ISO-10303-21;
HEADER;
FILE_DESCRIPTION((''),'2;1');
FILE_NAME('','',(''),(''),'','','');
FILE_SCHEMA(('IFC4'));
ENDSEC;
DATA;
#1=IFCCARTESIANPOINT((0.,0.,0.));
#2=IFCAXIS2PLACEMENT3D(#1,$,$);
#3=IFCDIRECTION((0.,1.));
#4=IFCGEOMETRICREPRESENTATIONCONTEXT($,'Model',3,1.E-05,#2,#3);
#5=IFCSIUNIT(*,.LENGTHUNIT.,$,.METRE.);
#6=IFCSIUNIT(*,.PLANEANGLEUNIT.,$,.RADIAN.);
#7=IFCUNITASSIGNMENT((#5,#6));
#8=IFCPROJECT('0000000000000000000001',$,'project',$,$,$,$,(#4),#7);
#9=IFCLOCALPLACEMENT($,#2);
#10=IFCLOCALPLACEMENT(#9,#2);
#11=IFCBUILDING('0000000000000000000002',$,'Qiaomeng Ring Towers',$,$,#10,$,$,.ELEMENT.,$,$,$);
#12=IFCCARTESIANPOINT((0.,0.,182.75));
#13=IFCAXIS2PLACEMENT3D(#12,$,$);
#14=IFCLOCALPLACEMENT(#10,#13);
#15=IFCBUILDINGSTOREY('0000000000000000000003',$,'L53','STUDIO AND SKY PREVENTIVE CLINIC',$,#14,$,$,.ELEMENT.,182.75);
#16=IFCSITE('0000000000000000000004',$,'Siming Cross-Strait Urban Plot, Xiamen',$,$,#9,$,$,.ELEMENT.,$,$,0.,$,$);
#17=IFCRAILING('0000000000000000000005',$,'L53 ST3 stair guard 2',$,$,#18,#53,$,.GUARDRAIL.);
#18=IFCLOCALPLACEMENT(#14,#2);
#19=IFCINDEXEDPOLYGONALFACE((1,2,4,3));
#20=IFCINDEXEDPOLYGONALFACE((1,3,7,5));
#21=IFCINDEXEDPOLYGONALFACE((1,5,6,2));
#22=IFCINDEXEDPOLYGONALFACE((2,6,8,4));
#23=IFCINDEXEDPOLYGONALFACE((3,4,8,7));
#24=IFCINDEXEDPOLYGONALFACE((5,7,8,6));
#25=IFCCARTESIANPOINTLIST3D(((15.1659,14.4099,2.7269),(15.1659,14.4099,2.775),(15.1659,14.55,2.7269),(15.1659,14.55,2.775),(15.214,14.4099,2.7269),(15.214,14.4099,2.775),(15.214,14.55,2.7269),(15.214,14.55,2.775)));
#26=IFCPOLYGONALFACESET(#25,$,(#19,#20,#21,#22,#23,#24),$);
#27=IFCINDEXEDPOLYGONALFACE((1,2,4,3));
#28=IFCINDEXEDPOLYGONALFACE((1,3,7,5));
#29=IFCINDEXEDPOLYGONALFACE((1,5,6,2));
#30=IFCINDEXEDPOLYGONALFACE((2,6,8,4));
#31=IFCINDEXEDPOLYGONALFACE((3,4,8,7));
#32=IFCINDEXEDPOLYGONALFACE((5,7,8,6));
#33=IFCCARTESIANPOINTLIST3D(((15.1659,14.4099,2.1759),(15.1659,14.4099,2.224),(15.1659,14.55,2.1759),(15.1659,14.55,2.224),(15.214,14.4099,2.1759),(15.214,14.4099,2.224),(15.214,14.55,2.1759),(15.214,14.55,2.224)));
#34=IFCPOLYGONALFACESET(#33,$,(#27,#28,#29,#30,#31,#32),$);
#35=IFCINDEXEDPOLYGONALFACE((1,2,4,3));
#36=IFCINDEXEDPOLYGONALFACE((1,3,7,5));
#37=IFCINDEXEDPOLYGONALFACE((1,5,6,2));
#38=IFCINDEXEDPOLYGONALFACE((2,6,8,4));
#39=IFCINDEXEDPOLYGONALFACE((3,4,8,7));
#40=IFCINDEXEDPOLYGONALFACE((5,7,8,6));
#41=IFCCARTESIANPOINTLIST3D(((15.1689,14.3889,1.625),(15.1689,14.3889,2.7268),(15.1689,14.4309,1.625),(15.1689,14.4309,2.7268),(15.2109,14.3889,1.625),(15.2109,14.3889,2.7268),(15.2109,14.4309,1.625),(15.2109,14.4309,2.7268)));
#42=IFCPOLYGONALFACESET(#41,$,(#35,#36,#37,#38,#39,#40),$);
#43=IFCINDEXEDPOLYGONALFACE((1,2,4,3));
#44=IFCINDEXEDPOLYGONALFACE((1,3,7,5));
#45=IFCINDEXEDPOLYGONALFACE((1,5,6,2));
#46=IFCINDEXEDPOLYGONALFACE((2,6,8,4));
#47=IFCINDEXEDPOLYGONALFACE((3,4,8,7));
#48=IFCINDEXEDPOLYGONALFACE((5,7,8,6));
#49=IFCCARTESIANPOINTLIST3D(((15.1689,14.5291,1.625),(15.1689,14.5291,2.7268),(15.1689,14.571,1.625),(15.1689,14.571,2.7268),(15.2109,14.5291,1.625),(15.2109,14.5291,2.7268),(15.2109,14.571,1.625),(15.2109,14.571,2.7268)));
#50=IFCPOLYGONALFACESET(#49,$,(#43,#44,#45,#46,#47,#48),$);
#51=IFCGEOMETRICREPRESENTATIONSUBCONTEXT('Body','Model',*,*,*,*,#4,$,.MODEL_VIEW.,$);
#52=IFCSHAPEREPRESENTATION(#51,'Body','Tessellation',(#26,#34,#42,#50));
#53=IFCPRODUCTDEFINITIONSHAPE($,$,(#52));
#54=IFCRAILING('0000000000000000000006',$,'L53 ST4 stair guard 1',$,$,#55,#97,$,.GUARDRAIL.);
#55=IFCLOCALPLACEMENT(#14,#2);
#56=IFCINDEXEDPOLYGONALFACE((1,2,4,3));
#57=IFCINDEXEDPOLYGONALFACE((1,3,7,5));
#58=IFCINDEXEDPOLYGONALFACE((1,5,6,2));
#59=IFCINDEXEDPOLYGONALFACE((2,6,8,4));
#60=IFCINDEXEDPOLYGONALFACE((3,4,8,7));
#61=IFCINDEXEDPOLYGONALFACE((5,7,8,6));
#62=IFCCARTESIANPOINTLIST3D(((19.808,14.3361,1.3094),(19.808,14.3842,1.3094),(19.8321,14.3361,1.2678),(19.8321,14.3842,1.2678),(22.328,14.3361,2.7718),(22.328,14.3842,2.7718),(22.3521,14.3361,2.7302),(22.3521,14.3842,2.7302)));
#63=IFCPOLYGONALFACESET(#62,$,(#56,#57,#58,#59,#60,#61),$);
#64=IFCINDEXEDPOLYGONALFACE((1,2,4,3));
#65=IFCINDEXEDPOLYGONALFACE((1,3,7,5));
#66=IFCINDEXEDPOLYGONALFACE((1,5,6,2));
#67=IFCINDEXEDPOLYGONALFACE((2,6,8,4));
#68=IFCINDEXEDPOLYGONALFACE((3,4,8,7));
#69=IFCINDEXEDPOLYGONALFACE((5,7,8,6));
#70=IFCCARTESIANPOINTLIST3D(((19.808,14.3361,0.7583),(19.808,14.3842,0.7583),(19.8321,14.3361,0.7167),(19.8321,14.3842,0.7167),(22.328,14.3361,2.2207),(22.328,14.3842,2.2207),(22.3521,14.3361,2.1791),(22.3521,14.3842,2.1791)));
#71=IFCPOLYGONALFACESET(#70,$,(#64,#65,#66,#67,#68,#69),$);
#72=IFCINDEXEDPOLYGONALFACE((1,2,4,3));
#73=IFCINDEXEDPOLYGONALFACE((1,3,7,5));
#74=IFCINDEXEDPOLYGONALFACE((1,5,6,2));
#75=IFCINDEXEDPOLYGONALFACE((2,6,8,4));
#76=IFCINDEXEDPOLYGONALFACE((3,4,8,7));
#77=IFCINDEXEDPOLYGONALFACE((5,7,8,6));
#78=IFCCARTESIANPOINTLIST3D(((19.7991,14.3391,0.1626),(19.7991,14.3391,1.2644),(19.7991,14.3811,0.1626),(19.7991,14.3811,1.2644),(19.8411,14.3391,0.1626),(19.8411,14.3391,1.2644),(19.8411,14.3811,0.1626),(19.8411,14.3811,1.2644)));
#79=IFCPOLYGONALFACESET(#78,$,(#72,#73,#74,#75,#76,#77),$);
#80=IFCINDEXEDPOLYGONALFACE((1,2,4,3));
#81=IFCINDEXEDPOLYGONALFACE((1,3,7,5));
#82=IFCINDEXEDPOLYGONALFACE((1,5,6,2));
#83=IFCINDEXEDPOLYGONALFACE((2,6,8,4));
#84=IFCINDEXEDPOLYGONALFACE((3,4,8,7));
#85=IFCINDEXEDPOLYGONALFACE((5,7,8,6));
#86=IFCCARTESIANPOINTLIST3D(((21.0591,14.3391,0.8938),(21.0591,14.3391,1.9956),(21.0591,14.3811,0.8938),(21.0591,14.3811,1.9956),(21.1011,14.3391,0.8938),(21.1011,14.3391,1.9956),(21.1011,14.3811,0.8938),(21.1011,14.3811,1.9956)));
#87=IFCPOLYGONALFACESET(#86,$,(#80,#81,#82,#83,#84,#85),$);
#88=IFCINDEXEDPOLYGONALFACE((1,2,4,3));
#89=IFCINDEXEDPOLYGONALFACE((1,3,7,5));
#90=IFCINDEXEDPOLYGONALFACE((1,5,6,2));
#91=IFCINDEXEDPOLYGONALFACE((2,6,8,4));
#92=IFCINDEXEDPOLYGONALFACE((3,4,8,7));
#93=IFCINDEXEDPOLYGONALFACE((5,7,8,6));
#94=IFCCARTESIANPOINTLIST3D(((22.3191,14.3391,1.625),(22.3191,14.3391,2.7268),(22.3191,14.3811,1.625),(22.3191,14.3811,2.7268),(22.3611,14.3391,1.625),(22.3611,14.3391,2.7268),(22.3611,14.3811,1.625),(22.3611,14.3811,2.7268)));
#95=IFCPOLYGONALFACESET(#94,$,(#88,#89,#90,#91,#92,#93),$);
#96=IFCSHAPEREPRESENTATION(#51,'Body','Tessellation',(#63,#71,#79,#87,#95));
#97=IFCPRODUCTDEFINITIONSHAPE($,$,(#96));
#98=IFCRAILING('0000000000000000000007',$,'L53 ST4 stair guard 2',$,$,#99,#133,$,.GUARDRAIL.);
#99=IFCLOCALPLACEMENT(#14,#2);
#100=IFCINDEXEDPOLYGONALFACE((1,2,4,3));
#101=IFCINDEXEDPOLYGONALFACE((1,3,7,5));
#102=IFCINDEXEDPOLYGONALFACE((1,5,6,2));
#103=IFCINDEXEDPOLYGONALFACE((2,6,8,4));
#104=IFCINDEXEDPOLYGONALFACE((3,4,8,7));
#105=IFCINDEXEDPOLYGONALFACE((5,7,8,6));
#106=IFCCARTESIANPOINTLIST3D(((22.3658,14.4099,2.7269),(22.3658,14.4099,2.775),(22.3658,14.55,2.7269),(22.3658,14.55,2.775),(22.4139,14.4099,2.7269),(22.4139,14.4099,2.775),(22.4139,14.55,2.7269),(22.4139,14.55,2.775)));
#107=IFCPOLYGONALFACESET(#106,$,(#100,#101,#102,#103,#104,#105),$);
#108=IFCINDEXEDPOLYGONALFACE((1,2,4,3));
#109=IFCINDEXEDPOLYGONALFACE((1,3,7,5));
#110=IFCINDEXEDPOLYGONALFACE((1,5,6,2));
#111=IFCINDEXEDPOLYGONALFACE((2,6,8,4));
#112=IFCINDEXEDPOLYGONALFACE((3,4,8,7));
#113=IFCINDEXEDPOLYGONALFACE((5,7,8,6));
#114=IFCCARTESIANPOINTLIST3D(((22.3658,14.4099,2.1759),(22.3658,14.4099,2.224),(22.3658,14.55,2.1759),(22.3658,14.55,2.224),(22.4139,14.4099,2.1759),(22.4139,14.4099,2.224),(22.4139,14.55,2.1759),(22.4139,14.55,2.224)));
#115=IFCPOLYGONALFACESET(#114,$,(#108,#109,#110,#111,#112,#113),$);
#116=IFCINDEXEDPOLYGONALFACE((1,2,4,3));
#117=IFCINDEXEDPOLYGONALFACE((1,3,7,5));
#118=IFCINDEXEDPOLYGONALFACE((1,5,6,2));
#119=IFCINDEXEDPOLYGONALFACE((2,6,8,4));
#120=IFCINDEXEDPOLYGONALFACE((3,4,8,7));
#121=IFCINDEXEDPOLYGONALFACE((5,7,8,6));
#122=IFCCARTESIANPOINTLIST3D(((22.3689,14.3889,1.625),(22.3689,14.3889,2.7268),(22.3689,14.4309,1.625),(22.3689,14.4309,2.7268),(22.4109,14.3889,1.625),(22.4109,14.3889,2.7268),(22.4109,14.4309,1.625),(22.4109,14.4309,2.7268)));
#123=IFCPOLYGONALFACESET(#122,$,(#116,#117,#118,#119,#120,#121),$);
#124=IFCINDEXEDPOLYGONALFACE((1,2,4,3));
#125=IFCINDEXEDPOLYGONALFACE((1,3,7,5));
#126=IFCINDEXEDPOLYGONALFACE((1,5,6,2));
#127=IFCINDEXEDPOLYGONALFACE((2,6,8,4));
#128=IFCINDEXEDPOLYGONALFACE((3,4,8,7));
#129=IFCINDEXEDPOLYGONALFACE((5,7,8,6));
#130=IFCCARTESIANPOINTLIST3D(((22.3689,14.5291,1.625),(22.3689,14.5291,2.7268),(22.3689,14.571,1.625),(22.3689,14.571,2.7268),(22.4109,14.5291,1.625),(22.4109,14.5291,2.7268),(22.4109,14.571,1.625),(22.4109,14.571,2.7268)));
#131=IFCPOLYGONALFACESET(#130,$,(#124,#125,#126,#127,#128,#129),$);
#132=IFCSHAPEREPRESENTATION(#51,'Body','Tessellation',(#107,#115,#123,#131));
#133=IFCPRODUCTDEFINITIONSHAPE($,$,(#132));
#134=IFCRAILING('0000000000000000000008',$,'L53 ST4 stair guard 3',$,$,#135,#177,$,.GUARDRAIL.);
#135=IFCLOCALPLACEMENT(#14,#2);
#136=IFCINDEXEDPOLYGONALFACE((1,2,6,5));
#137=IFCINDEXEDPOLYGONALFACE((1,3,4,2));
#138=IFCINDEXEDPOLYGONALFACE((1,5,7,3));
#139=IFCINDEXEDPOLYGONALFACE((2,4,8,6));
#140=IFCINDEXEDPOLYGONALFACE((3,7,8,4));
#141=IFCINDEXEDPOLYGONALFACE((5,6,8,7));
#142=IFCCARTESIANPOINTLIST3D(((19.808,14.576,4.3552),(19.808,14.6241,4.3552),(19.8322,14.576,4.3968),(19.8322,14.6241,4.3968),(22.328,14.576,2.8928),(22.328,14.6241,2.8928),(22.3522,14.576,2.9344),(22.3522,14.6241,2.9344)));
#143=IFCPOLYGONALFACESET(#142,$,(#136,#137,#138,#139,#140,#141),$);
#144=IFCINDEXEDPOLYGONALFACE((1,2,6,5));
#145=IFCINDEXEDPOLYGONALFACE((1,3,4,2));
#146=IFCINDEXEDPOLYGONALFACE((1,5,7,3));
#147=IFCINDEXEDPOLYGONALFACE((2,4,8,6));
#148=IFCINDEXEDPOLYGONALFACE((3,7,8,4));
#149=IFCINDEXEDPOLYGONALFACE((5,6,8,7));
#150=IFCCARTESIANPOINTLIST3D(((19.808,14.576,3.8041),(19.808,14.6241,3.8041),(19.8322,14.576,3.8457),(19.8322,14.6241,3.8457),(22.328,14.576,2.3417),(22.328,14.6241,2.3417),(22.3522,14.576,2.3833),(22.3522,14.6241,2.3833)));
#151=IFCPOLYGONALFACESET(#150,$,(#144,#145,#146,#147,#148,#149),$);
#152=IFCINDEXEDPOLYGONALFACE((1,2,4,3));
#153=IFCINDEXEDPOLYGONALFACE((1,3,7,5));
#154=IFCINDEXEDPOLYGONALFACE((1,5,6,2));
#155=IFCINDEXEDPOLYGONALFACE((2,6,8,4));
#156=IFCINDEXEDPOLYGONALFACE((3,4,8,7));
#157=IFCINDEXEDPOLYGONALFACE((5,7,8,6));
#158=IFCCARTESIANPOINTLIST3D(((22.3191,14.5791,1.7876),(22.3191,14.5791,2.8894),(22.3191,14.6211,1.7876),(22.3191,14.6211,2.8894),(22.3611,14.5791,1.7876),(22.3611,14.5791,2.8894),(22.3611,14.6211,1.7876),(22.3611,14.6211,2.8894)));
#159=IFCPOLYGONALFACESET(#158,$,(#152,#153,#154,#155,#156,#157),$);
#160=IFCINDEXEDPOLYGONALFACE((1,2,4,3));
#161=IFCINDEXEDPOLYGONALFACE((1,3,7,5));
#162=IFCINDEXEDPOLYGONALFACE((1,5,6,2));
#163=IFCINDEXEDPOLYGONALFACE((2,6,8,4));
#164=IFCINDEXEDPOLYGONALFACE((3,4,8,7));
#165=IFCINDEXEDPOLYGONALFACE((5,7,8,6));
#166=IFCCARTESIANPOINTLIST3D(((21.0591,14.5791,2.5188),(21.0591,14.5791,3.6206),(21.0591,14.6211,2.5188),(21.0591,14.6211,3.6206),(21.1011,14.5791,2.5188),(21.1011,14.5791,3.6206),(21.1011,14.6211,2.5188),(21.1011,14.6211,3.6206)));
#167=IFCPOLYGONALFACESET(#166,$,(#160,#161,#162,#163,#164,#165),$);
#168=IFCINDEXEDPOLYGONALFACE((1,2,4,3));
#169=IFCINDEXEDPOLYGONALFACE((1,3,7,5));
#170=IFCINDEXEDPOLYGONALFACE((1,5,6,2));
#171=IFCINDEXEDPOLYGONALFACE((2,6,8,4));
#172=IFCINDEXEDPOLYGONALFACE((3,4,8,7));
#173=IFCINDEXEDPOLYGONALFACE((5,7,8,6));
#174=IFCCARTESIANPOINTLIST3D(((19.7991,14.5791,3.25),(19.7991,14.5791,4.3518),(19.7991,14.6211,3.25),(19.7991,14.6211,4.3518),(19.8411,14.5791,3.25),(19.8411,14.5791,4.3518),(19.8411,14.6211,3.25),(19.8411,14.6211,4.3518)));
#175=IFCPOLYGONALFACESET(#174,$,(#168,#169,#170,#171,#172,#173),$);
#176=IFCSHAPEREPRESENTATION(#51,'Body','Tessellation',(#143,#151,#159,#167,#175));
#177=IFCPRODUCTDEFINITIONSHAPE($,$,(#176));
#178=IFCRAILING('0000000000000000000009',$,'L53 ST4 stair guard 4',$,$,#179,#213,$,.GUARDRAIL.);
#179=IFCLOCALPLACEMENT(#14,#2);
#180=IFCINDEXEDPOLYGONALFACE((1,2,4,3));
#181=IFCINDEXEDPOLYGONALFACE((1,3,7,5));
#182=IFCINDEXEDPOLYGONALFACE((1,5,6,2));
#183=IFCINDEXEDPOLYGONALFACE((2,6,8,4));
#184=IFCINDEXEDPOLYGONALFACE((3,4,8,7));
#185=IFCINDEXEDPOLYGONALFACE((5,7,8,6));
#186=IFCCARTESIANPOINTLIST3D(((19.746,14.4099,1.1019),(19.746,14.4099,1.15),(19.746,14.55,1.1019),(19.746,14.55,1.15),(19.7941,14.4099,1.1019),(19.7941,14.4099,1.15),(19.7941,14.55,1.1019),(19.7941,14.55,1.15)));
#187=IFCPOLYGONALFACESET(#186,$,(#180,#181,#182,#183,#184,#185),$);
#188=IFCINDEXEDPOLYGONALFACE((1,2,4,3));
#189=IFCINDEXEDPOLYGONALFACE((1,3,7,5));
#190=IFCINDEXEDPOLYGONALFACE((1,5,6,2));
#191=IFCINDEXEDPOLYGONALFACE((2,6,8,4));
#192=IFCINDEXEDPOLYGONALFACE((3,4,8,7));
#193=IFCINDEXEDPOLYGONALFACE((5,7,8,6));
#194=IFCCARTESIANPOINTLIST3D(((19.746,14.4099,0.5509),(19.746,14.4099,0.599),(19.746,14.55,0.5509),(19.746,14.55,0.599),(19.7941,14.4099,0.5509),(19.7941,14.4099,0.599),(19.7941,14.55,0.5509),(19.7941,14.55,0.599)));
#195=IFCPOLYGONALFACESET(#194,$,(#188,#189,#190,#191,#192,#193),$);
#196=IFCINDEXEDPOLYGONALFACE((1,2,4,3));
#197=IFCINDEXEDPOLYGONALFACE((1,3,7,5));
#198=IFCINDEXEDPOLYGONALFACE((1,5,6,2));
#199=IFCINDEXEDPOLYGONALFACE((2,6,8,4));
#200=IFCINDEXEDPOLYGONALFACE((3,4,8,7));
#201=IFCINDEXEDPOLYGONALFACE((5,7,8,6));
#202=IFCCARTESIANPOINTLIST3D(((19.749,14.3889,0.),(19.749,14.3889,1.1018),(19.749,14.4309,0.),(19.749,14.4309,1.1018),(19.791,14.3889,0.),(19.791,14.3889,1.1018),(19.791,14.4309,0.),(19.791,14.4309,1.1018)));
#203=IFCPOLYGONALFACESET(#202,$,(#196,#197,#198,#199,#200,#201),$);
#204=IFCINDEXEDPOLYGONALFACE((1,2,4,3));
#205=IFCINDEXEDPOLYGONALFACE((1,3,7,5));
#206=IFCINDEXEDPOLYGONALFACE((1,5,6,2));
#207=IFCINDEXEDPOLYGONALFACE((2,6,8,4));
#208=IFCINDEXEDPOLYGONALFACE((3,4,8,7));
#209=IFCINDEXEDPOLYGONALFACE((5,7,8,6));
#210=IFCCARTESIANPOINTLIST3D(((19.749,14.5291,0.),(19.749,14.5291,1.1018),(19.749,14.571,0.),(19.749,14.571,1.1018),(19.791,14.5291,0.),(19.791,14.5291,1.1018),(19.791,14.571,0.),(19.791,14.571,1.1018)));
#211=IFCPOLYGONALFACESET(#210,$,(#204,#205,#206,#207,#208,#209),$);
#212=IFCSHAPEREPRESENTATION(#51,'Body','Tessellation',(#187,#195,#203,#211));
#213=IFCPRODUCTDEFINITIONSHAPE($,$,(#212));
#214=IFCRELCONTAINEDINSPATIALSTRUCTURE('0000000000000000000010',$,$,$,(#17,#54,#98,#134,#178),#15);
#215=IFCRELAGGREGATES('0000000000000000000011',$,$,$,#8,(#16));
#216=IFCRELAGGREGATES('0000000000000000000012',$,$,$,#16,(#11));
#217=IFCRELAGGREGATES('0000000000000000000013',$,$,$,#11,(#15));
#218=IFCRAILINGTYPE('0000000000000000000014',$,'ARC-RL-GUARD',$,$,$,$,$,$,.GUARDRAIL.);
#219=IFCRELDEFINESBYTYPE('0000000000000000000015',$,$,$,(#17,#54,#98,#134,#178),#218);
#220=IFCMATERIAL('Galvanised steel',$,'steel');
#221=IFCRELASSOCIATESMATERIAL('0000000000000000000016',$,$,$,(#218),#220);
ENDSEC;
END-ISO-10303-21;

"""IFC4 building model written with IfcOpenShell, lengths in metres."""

from ifc_helpers import new_model, si_unit, direction, frame, origin, origin_2d, place, context, subcontext, project, spatial, rectangle, extrude, material, type_object, element, save


model = new_model("IFC4")

# Units and contexts
model_context = context("Model", 3, precision=1e-05, world=origin(), true_north=direction((0.0, 1.0)))
body_context = subcontext(model_context, "Body", "Model", "MODEL_VIEW")
ifc_project = project(units=[si_unit("LENGTHUNIT", "METRE"), si_unit("PLANEANGLEUNIT", "RADIAN")], contexts=[model_context])

# Site, building, storey
site_placement = place(None, origin())
site = spatial("IfcSite", under=ifc_project, at=site_placement, Name="Siming Cross-Strait Urban Plot, Xiamen", CompositionType="ELEMENT", RefElevation=0.0)
building_placement = place(site_placement, origin())
building = spatial("IfcBuilding", under=site, at=building_placement, Name="Qiaomeng Ring Towers", CompositionType="ELEMENT")
storey_placement = place(building_placement, frame((0.0, 0.0, 182.75)))
storey = spatial("IfcBuildingStorey", under=building, at=storey_placement, Name="L53", Description="STUDIO AND SKY PREVENTIVE CLINIC", CompositionType="ELEMENT", Elevation=182.75)

# Shared definitions
ifc_material_1 = material(Name="Galvanised steel", Category="steel")

# Railings
railing_type_1 = type_object("IfcRailingType", Name="ARC-RL-GUARD", PredefinedType="GUARDRAIL", material=ifc_material_1)
railing_1_placement = place(storey_placement, frame((15.1899, 14.4099, 1.625)))
element("IfcRailing", 1, at=railing_1_placement, inside=storey, type_object=railing_type_1, Name="L53 ST3 stair guard 2", PredefinedType="GUARDRAIL", context=body_context, shape_type="SweptSolid", body=[
    extrude(rectangle(XDim=0.0481, YDim=0.0481, at=origin_2d()), frame((0.0, 0.0, 1.126), z_axis=(0.0, 1.0, 0.0), x_axis=(-1.0, 0.0, 0.0)), (0.0, 0.0, 1.0), 0.1401),
    extrude(rectangle(XDim=0.0481, YDim=0.0481, at=origin_2d()), frame((0.0, 0.0, 0.575), z_axis=(0.0, 1.0, 0.0), x_axis=(-1.0, 0.0, 0.0)), (0.0, 0.0, 1.0), 0.1401),
    extrude(rectangle(XDim=0.042, YDim=0.042, at=origin_2d()), origin(), (0.0, 0.0, 1.0), 1.1018),
    extrude(rectangle(XDim=0.042, YDim=0.042, at=origin_2d()), frame((0.0, 0.1401, 0.0)), (0.0, 0.0, 1.0), 1.1018),
])
railing_2_placement = place(storey_placement, frame((19.8201, 14.3601, 0.1626)))
element("IfcRailing", 2, at=railing_2_placement, inside=storey, type_object=railing_type_1, Name="L53 ST4 stair guard 1", PredefinedType="GUARDRAIL", context=body_context, shape_type="SweptSolid", body=[
    extrude(rectangle(XDim=0.0481, YDim=0.0481, at=origin_2d()), frame((0.0, 0.0, 1.126), z_axis=(0.864913, 0.0, 0.501921), x_axis=(0.0, 1.0, 0.0)), (0.0, 0.0, 1.0), 2.9136),
    extrude(rectangle(XDim=0.0481, YDim=0.0481, at=origin_2d()), frame((0.0, 0.0, 0.575), z_axis=(0.864913, 0.0, 0.501921), x_axis=(0.0, 1.0, 0.0)), (0.0, 0.0, 1.0), 2.9136),
    extrude(rectangle(XDim=0.042, YDim=0.042, at=origin_2d()), origin(), (0.0, 0.0, 1.0), 1.1018),
    extrude(rectangle(XDim=0.042, YDim=0.042, at=origin_2d()), frame((1.26, 0.0, 0.7312)), (0.0, 0.0, 1.0), 1.1018),
    extrude(rectangle(XDim=0.042, YDim=0.042, at=origin_2d()), frame((2.52, 0.0, 1.4624)), (0.0, 0.0, 1.0), 1.1018),
])
railing_3_placement = place(storey_placement, frame((22.3899, 14.4099, 1.625)))
element("IfcRailing", 3, at=railing_3_placement, inside=storey, type_object=railing_type_1, Name="L53 ST4 stair guard 2", PredefinedType="GUARDRAIL", context=body_context, shape_type="SweptSolid", body=[
    extrude(rectangle(XDim=0.0481, YDim=0.0481, at=origin_2d()), frame((0.0, 0.0, 1.126), z_axis=(0.0, 1.0, 0.0), x_axis=(-1.0, 0.0, 0.0)), (0.0, 0.0, 1.0), 0.1401),
    extrude(rectangle(XDim=0.0481, YDim=0.0481, at=origin_2d()), frame((0.0, 0.0, 0.575), z_axis=(0.0, 1.0, 0.0), x_axis=(-1.0, 0.0, 0.0)), (0.0, 0.0, 1.0), 0.1401),
    extrude(rectangle(XDim=0.042, YDim=0.042, at=origin_2d()), origin(), (0.0, 0.0, 1.0), 1.1018),
    extrude(rectangle(XDim=0.042, YDim=0.042, at=origin_2d()), frame((0.0, 0.1401, 0.0)), (0.0, 0.0, 1.0), 1.1018),
])
railing_4_placement = place(storey_placement, frame((22.3401, 14.6001, 1.7876)))
element("IfcRailing", 4, at=railing_4_placement, inside=storey, type_object=railing_type_1, Name="L53 ST4 stair guard 3", PredefinedType="GUARDRAIL", context=body_context, shape_type="SweptSolid", body=[
    extrude(rectangle(XDim=0.0481, YDim=0.0481, at=origin_2d()), frame((0.0, 0.0, 1.126), z_axis=(-0.864913, 0.0, 0.501921), x_axis=(0.0, -1.0, 0.0)), (0.0, 0.0, 1.0), 2.9136),
    extrude(rectangle(XDim=0.0481, YDim=0.0481, at=origin_2d()), frame((0.0, 0.0, 0.575), z_axis=(-0.864913, 0.0, 0.501921), x_axis=(0.0, -1.0, 0.0)), (0.0, 0.0, 1.0), 2.9136),
    extrude(rectangle(XDim=0.042, YDim=0.042, at=origin_2d()), origin(), (0.0, 0.0, 1.0), 1.1018),
    extrude(rectangle(XDim=0.042, YDim=0.042, at=origin_2d()), frame((-1.26, 0.0, 0.7312)), (0.0, 0.0, 1.0), 1.1018),
    extrude(rectangle(XDim=0.042, YDim=0.042, at=origin_2d()), frame((-2.52, 0.0, 1.4624)), (0.0, 0.0, 1.0), 1.1018),
])
railing_5_placement = place(storey_placement, frame((19.77, 14.4099, 0.0)))
element("IfcRailing", 5, at=railing_5_placement, inside=storey, type_object=railing_type_1, Name="L53 ST4 stair guard 4", PredefinedType="GUARDRAIL", context=body_context, shape_type="SweptSolid", body=[
    extrude(rectangle(XDim=0.0481, YDim=0.0481, at=origin_2d()), frame((0.0, 0.0, 1.126), z_axis=(0.0, 1.0, 0.0), x_axis=(-1.0, 0.0, 0.0)), (0.0, 0.0, 1.0), 0.1401),
    extrude(rectangle(XDim=0.0481, YDim=0.0481, at=origin_2d()), frame((0.0, 0.0, 0.575), z_axis=(0.0, 1.0, 0.0), x_axis=(-1.0, 0.0, 0.0)), (0.0, 0.0, 1.0), 0.1401),
    extrude(rectangle(XDim=0.042, YDim=0.042, at=origin_2d()), origin(), (0.0, 0.0, 1.0), 1.1018),
    extrude(rectangle(XDim=0.042, YDim=0.042, at=origin_2d()), frame((0.0, 0.1401, 0.0)), (0.0, 0.0, 1.0), 1.1018),
])

save(model, "model.ifc")
